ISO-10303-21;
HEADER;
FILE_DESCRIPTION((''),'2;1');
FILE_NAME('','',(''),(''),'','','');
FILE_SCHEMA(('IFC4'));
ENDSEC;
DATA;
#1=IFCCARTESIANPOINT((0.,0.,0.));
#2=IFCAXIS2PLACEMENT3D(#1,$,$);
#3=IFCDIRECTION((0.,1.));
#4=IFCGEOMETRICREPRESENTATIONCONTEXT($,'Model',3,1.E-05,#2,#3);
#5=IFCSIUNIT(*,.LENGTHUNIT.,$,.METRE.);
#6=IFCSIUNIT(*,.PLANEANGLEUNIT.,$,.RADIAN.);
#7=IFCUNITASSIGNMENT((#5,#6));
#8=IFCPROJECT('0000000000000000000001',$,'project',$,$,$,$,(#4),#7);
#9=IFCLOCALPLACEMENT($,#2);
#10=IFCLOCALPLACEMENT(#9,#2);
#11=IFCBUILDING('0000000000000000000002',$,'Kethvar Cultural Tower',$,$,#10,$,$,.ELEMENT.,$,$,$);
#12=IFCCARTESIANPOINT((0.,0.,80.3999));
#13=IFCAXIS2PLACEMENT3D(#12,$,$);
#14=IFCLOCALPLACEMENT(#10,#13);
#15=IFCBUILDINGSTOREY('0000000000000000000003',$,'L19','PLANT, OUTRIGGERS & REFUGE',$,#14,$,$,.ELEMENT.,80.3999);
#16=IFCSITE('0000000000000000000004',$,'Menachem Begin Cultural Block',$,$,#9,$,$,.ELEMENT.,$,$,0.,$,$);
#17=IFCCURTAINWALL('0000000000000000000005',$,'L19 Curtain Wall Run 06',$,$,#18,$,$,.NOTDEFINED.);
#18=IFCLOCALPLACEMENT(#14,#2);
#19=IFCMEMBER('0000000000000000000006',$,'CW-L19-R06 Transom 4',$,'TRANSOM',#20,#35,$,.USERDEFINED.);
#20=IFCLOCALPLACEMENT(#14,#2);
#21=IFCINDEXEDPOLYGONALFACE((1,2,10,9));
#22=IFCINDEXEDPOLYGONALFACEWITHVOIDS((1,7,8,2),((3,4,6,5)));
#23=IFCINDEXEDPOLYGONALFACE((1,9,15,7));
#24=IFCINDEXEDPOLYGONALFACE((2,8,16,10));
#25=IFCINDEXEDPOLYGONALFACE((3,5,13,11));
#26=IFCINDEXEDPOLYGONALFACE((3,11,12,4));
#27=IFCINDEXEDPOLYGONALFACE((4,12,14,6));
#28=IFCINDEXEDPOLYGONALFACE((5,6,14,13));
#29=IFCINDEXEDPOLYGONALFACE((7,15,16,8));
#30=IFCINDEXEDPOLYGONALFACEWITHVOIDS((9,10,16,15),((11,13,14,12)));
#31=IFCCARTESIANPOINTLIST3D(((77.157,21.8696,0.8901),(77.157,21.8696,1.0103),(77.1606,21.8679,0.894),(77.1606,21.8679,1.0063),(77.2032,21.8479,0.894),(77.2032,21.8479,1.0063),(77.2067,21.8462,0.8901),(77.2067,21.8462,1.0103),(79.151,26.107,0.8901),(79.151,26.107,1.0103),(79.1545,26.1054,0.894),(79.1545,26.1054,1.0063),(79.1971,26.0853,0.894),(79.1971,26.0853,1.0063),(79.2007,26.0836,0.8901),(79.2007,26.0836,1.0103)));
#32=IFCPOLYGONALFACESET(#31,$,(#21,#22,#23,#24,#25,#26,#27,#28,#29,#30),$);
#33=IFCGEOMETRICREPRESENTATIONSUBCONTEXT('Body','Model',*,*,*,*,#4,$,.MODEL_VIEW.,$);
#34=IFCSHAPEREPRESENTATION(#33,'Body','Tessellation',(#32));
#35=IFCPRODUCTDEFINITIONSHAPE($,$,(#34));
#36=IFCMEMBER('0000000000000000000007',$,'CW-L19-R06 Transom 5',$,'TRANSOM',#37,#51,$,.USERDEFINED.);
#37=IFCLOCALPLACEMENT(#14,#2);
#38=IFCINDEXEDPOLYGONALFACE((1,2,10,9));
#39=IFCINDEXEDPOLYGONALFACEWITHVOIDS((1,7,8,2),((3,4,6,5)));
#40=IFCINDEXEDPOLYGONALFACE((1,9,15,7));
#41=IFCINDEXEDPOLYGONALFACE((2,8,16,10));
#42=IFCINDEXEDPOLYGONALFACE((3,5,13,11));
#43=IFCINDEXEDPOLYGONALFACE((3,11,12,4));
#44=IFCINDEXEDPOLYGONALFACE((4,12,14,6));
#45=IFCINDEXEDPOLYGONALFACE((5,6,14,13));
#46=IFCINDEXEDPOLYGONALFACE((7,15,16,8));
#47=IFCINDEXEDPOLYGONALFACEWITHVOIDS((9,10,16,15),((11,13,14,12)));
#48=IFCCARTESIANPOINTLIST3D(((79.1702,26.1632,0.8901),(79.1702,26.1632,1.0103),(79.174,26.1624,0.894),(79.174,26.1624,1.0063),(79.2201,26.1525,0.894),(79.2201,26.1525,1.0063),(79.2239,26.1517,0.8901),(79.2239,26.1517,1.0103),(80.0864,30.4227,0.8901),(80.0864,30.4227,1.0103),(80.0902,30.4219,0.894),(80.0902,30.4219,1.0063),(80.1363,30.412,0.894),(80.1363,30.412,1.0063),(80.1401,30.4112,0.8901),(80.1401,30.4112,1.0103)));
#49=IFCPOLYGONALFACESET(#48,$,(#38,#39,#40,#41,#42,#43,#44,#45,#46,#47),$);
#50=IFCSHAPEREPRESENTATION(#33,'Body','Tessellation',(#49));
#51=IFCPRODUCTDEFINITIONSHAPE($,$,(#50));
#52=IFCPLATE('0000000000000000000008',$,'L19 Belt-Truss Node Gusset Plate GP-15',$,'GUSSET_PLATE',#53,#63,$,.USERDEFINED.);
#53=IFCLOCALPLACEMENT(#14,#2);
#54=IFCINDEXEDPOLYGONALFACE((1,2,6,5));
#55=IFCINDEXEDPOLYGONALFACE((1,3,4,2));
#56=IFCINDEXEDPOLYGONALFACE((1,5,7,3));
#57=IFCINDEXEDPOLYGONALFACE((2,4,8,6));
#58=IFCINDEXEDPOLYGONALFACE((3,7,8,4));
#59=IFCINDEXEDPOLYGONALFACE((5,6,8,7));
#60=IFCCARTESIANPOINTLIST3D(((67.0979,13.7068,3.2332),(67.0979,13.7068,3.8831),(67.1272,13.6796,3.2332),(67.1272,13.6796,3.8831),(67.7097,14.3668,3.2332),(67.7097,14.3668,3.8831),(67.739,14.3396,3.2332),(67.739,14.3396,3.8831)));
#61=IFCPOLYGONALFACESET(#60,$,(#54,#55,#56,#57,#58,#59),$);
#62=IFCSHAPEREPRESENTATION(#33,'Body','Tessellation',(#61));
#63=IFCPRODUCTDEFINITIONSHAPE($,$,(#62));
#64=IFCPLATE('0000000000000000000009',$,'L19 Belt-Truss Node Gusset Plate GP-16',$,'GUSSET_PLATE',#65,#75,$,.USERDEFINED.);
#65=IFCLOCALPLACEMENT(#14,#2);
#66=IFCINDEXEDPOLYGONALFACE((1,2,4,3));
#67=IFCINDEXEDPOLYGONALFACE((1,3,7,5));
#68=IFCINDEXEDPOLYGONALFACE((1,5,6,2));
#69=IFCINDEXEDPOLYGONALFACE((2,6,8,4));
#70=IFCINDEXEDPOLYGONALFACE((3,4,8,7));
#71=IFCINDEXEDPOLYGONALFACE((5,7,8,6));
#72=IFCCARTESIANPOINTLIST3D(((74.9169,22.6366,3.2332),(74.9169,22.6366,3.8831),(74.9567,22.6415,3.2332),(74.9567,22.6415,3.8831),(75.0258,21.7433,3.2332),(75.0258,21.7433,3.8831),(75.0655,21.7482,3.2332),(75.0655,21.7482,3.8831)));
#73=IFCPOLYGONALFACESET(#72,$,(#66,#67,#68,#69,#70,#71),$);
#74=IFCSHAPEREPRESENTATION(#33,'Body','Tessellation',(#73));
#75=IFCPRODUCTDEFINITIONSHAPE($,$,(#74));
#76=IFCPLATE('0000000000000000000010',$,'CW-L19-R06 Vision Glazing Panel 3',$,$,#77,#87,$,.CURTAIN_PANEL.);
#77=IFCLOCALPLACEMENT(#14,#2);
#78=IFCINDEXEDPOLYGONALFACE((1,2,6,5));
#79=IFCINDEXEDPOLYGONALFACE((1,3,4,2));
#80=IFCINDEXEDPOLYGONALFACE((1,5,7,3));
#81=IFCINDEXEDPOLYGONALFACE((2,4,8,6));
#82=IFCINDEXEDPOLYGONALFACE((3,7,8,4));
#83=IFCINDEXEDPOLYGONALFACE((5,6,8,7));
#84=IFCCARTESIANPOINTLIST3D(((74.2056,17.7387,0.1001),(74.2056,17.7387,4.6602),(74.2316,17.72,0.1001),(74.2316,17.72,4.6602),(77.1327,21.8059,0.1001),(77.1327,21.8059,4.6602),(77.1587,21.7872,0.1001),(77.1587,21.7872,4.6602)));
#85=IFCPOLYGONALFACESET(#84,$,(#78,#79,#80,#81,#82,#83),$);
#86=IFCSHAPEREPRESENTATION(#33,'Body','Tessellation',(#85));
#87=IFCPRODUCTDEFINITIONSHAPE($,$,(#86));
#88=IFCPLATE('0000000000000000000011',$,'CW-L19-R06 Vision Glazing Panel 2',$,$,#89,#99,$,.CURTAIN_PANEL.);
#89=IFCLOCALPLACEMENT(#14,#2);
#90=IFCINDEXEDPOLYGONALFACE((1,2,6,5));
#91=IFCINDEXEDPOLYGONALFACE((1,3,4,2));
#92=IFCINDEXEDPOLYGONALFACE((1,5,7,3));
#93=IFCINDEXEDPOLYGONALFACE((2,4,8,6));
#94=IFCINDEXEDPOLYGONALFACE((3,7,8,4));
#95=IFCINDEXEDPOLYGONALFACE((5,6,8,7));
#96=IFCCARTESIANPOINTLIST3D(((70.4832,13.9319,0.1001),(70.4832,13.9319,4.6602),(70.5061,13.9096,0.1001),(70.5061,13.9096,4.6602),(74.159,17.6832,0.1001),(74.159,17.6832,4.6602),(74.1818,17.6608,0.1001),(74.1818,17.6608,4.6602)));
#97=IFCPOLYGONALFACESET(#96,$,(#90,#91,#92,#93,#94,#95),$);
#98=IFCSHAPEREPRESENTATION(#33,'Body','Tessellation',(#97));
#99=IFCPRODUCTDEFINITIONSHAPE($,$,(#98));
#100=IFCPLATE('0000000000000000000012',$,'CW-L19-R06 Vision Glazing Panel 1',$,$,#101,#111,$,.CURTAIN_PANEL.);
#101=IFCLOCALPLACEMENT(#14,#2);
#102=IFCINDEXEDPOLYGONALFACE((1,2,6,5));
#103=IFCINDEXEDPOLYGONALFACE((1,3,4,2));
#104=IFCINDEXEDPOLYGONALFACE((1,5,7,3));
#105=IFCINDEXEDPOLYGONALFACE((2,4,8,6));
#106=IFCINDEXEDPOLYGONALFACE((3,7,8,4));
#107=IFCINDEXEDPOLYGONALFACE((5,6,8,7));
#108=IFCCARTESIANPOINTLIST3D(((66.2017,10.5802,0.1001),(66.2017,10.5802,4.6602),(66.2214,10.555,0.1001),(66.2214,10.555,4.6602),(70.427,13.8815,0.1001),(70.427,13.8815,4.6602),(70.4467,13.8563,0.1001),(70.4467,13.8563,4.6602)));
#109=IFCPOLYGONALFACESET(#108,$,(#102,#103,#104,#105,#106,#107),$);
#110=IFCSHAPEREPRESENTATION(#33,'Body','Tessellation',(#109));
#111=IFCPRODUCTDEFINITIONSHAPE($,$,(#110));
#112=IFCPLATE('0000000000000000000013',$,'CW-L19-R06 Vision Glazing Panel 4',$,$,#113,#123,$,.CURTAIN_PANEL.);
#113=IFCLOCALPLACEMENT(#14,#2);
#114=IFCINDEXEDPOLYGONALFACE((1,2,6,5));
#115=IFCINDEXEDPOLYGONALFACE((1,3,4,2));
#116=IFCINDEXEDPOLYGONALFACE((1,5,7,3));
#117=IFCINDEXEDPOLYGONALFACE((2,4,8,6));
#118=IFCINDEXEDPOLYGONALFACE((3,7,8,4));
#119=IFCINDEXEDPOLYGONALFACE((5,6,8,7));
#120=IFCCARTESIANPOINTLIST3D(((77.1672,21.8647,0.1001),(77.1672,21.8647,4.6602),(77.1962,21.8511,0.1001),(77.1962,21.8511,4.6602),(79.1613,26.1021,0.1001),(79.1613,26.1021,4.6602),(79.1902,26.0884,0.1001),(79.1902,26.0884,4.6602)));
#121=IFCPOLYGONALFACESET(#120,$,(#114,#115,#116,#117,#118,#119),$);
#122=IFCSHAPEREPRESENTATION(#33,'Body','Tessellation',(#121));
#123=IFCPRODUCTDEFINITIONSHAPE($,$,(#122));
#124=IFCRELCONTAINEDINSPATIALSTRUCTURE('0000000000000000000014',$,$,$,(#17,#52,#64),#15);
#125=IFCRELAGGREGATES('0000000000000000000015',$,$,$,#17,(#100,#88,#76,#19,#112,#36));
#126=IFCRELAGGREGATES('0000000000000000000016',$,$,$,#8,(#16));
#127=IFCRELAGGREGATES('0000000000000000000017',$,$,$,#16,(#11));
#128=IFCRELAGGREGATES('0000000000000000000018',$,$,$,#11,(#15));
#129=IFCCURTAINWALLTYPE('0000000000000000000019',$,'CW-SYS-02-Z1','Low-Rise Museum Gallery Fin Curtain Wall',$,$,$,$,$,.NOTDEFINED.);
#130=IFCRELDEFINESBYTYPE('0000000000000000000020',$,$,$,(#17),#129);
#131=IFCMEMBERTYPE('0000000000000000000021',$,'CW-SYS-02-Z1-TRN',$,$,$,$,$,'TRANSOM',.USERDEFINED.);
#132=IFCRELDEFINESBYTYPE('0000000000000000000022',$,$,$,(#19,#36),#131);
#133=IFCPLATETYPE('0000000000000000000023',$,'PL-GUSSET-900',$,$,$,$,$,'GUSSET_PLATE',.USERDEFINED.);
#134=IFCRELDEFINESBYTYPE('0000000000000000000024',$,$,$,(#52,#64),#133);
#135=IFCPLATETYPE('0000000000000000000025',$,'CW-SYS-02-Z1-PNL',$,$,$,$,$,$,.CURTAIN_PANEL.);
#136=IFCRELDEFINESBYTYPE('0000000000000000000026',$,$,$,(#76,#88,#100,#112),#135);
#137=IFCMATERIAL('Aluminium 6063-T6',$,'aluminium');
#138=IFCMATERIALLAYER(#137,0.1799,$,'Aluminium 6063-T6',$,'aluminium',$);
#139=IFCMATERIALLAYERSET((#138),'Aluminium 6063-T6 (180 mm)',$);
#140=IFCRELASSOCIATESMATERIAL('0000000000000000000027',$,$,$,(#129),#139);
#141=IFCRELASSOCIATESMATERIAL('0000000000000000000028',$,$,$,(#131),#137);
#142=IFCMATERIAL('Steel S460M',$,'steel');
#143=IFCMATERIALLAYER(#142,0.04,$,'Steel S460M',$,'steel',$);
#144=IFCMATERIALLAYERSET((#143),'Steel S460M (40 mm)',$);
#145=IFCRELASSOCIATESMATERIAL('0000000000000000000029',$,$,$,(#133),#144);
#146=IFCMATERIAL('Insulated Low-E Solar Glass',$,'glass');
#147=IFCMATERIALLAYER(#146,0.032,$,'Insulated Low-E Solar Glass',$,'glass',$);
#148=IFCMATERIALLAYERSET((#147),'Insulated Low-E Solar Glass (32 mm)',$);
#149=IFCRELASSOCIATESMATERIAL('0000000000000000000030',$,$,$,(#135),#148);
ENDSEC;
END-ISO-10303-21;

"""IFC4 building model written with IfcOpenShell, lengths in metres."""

from ifc_helpers import new_model, si_unit, direction, frame, origin, origin_2d, place, context, subcontext, project, spatial, rectangle, hollow_rectangle, extrude, source, transform, mapped, material, layer, layer_set, material_profile, profile_set, type_object, element, aggregate, save


model = new_model("IFC4")

# Units and contexts
model_context = context("Model", 3, precision=1e-05, world=origin(), true_north=direction((0.0, 1.0)))
body_context = subcontext(model_context, "Body", "Model", "MODEL_VIEW")
ifc_project = project(units=[si_unit("LENGTHUNIT", "METRE"), si_unit("PLANEANGLEUNIT", "RADIAN")], contexts=[model_context])

# Site, building, storey
site_placement = place(None, origin())
site = spatial("IfcSite", under=ifc_project, at=site_placement, Name="Menachem Begin Cultural Block", CompositionType="ELEMENT", RefElevation=0.0)
building_placement = place(site_placement, origin())
building = spatial("IfcBuilding", under=site, at=building_placement, Name="Kethvar Cultural Tower", CompositionType="ELEMENT")
storey_placement = place(building_placement, frame((0.0, 0.0, 80.3999)))
storey = spatial("IfcBuildingStorey", under=building, at=storey_placement, Name="L19", Description="PLANT, OUTRIGGERS & REFUGE", CompositionType="ELEMENT", Elevation=80.3999)

# Shared definitions
ifc_material_1 = material(Name="Steel S460M", Category="steel")

# Curtain wall, members
ifc_material_2 = material(Name="Aluminium 6063-T6", Category="aluminium")
ifc_layer_1 = layer(ifc_material_2, 0.1799, Name="Aluminium 6063-T6", Category="aluminium")
ifc_layer_set_1 = layer_set([ifc_layer_1], Name="Aluminium 6063-T6 (180 mm)")
curtain_wall_type = type_object("IfcCurtainWallType", Name="CW-SYS-02-Z1", Description="Low-Rise Museum Gallery Fin Curtain Wall", PredefinedType="NOTDEFINED", material=ifc_layer_set_1)
curtain_wall_placement = place(storey_placement, origin())
curtain_wall = element("IfcCurtainWall", 1, at=curtain_wall_placement, inside=storey, type_object=curtain_wall_type, Name="L19 Curtain Wall Run 06", PredefinedType="NOTDEFINED")
ifc_material_profile_1 = material_profile(ifc_material_2, hollow_rectangle(XDim=0.0549, YDim=0.1201, WallThickness=0.0039, at=origin_2d()), Name="Aluminium 6063-T6 — RHS120x55x4")
ifc_profile_set_1 = profile_set([ifc_material_profile_1], Name="Aluminium 6063-T6 — RHS120x55x4")
member_type_1 = type_object("IfcMemberType", Name="CW-SYS-02-Z1-TRN", ElementType="TRANSOM", PredefinedType="USERDEFINED", material=ifc_profile_set_1)
shared_shape_1 = source(origin(), body_context, "Body", "SweptSolid", [
    extrude(hollow_rectangle(XDim=0.0549, YDim=0.1201, WallThickness=0.0039, at=origin_2d()), origin(), (0.0, 0.0, 1.0), 4.6831),
])
member_1_placement = place(storey_placement, frame((77.1819, 21.8579, 0.9502), z_axis=(0.425774, 0.904829, 0.0), x_axis=(-0.904829, 0.425774, 0.0)))
member_1 = element("IfcMember", 2, at=member_1_placement, type_object=member_type_1, Name="CW-L19-R06 Transom 4", ObjectType="TRANSOM", PredefinedType="USERDEFINED", context=body_context, shape_type="MappedRepresentation", body=[
    mapped(shared_shape_1, transform((0.0, 0.0, 0.0), scale=1.0)),
])
shared_shape_2 = source(origin(), body_context, "Body", "SweptSolid", [
    extrude(hollow_rectangle(XDim=0.0549, YDim=0.1201, WallThickness=0.0039, at=origin_2d()), origin(), (0.0, 0.0, 1.0), 4.3569),
])
member_2_placement = place(storey_placement, frame((79.197, 26.1575, 0.9502), z_axis=(0.210298, 0.977637, 0.0), x_axis=(-0.977637, 0.210298, 0.0)))
member_2 = element("IfcMember", 3, at=member_2_placement, type_object=member_type_1, Name="CW-L19-R06 Transom 5", ObjectType="TRANSOM", PredefinedType="USERDEFINED", context=body_context, shape_type="MappedRepresentation", body=[
    mapped(shared_shape_2, transform((0.0, 0.0, 0.0), scale=1.0)),
])

# Plates
ifc_layer_2 = layer(ifc_material_1, 0.04, Name="Steel S460M", Category="steel")
ifc_layer_set_2 = layer_set([ifc_layer_2], Name="Steel S460M (40 mm)")
plate_type_1 = type_object("IfcPlateType", Name="PL-GUSSET-900", ElementType="GUSSET_PLATE", PredefinedType="USERDEFINED", material=ifc_layer_set_2)
shared_shape_3 = source(origin(), body_context, "Body", "SweptSolid", [
    extrude(rectangle(XDim=0.8999, YDim=0.04, at=origin_2d()), origin(), (0.0, 0.0, 1.0), 0.6499),
])
for number, where, z_axis, x_axis, name in (
    (4, (67.4185, 14.0232, 3.2332), (0.0, 0.0, 1.0), (0.679834, 0.733366, 0.0), "L19 Belt-Truss Node Gusset Plate GP-15"),
    (5, (74.9912, 22.1924, 3.2332), (0.0, 0.0, 1.0), (-0.12097, 0.992656, 0.0), "L19 Belt-Truss Node Gusset Plate GP-16"),
):
    element("IfcPlate", number, at=place(storey_placement, frame(where, z_axis=z_axis, x_axis=x_axis)), inside=storey, type_object=plate_type_1, Name=name, ObjectType="GUSSET_PLATE", PredefinedType="USERDEFINED", context=body_context, shape_type="MappedRepresentation", body=[
        mapped(shared_shape_3, transform((0.0, 0.0, 0.0), scale=1.0)),
    ])

# Plates
ifc_material_3 = material(Name="Insulated Low-E Solar Glass", Category="glass")
ifc_layer_3 = layer(ifc_material_3, 0.032, Name="Insulated Low-E Solar Glass", Category="glass")
ifc_layer_set_3 = layer_set([ifc_layer_3], Name="Insulated Low-E Solar Glass (32 mm)")
plate_type_2 = type_object("IfcPlateType", Name="CW-SYS-02-Z1-PNL", PredefinedType="CURTAIN_PANEL", material=ifc_layer_set_3)
shared_shape_4 = source(origin(), body_context, "Body", "SweptSolid", [
    extrude(rectangle(XDim=5.011, YDim=0.032, at=origin_2d()), origin(), (0.0, 0.0, 1.0), 4.5601),
])
plate_1_placement = place(storey_placement, frame((75.6821, 19.7629, 0.1001), z_axis=(0.0, 0.0, 1.0), x_axis=(0.584136, 0.811656, 0.0)))
plate_1 = element("IfcPlate", 6, at=plate_1_placement, type_object=plate_type_2, Name="CW-L19-R06 Vision Glazing Panel 3", PredefinedType="CURTAIN_PANEL", context=body_context, shape_type="MappedRepresentation", body=[
    mapped(shared_shape_4, transform((0.0, 0.0, 0.0), scale=1.0)),
])
shared_shape_5 = source(origin(), body_context, "Body", "SweptSolid", [
    extrude(rectangle(XDim=5.252, YDim=0.032, at=origin_2d()), origin(), (0.0, 0.0, 1.0), 4.5601),
])
plate_2_placement = place(storey_placement, frame((72.3325, 15.7964, 0.1001), z_axis=(0.0, 0.0, 1.0), x_axis=(0.699875, 0.714265, 0.0)))
plate_2 = element("IfcPlate", 7, at=plate_2_placement, type_object=plate_type_2, Name="CW-L19-R06 Vision Glazing Panel 2", PredefinedType="CURTAIN_PANEL", context=body_context, shape_type="MappedRepresentation", body=[
    mapped(shared_shape_5, transform((0.0, 0.0, 0.0), scale=1.0)),
])
shared_shape_6 = source(origin(), body_context, "Body", "SweptSolid", [
    extrude(rectangle(XDim=5.3621, YDim=0.032, at=origin_2d()), origin(), (0.0, 0.0, 1.0), 4.5601),
])
plate_3_placement = place(storey_placement, frame((68.3242, 12.2183, 0.1001), z_axis=(0.0, 0.0, 1.0), x_axis=(0.788, 0.615675, 0.0)))
plate_3 = element("IfcPlate", 8, at=plate_3_placement, type_object=plate_type_2, Name="CW-L19-R06 Vision Glazing Panel 1", PredefinedType="CURTAIN_PANEL", context=body_context, shape_type="MappedRepresentation", body=[
    mapped(shared_shape_6, transform((0.0, 0.0, 0.0), scale=1.0)),
])
shared_shape_7 = source(origin(), body_context, "Body", "SweptSolid", [
    extrude(rectangle(XDim=4.6831, YDim=0.032, at=origin_2d()), origin(), (0.0, 0.0, 1.0), 4.5601),
])
plate_4_placement = place(storey_placement, frame((78.1787, 23.9766, 0.1001), z_axis=(0.0, 0.0, 1.0), x_axis=(0.425795, 0.90482, 0.0)))
plate_4 = element("IfcPlate", 9, at=plate_4_placement, type_object=plate_type_2, Name="CW-L19-R06 Vision Glazing Panel 4", PredefinedType="CURTAIN_PANEL", context=body_context, shape_type="MappedRepresentation", body=[
    mapped(shared_shape_7, transform((0.0, 0.0, 0.0), scale=1.0)),
])
aggregate(curtain_wall, [plate_3, plate_2, plate_1, member_1, plate_4, member_2])

save(model, "model.ifc")
